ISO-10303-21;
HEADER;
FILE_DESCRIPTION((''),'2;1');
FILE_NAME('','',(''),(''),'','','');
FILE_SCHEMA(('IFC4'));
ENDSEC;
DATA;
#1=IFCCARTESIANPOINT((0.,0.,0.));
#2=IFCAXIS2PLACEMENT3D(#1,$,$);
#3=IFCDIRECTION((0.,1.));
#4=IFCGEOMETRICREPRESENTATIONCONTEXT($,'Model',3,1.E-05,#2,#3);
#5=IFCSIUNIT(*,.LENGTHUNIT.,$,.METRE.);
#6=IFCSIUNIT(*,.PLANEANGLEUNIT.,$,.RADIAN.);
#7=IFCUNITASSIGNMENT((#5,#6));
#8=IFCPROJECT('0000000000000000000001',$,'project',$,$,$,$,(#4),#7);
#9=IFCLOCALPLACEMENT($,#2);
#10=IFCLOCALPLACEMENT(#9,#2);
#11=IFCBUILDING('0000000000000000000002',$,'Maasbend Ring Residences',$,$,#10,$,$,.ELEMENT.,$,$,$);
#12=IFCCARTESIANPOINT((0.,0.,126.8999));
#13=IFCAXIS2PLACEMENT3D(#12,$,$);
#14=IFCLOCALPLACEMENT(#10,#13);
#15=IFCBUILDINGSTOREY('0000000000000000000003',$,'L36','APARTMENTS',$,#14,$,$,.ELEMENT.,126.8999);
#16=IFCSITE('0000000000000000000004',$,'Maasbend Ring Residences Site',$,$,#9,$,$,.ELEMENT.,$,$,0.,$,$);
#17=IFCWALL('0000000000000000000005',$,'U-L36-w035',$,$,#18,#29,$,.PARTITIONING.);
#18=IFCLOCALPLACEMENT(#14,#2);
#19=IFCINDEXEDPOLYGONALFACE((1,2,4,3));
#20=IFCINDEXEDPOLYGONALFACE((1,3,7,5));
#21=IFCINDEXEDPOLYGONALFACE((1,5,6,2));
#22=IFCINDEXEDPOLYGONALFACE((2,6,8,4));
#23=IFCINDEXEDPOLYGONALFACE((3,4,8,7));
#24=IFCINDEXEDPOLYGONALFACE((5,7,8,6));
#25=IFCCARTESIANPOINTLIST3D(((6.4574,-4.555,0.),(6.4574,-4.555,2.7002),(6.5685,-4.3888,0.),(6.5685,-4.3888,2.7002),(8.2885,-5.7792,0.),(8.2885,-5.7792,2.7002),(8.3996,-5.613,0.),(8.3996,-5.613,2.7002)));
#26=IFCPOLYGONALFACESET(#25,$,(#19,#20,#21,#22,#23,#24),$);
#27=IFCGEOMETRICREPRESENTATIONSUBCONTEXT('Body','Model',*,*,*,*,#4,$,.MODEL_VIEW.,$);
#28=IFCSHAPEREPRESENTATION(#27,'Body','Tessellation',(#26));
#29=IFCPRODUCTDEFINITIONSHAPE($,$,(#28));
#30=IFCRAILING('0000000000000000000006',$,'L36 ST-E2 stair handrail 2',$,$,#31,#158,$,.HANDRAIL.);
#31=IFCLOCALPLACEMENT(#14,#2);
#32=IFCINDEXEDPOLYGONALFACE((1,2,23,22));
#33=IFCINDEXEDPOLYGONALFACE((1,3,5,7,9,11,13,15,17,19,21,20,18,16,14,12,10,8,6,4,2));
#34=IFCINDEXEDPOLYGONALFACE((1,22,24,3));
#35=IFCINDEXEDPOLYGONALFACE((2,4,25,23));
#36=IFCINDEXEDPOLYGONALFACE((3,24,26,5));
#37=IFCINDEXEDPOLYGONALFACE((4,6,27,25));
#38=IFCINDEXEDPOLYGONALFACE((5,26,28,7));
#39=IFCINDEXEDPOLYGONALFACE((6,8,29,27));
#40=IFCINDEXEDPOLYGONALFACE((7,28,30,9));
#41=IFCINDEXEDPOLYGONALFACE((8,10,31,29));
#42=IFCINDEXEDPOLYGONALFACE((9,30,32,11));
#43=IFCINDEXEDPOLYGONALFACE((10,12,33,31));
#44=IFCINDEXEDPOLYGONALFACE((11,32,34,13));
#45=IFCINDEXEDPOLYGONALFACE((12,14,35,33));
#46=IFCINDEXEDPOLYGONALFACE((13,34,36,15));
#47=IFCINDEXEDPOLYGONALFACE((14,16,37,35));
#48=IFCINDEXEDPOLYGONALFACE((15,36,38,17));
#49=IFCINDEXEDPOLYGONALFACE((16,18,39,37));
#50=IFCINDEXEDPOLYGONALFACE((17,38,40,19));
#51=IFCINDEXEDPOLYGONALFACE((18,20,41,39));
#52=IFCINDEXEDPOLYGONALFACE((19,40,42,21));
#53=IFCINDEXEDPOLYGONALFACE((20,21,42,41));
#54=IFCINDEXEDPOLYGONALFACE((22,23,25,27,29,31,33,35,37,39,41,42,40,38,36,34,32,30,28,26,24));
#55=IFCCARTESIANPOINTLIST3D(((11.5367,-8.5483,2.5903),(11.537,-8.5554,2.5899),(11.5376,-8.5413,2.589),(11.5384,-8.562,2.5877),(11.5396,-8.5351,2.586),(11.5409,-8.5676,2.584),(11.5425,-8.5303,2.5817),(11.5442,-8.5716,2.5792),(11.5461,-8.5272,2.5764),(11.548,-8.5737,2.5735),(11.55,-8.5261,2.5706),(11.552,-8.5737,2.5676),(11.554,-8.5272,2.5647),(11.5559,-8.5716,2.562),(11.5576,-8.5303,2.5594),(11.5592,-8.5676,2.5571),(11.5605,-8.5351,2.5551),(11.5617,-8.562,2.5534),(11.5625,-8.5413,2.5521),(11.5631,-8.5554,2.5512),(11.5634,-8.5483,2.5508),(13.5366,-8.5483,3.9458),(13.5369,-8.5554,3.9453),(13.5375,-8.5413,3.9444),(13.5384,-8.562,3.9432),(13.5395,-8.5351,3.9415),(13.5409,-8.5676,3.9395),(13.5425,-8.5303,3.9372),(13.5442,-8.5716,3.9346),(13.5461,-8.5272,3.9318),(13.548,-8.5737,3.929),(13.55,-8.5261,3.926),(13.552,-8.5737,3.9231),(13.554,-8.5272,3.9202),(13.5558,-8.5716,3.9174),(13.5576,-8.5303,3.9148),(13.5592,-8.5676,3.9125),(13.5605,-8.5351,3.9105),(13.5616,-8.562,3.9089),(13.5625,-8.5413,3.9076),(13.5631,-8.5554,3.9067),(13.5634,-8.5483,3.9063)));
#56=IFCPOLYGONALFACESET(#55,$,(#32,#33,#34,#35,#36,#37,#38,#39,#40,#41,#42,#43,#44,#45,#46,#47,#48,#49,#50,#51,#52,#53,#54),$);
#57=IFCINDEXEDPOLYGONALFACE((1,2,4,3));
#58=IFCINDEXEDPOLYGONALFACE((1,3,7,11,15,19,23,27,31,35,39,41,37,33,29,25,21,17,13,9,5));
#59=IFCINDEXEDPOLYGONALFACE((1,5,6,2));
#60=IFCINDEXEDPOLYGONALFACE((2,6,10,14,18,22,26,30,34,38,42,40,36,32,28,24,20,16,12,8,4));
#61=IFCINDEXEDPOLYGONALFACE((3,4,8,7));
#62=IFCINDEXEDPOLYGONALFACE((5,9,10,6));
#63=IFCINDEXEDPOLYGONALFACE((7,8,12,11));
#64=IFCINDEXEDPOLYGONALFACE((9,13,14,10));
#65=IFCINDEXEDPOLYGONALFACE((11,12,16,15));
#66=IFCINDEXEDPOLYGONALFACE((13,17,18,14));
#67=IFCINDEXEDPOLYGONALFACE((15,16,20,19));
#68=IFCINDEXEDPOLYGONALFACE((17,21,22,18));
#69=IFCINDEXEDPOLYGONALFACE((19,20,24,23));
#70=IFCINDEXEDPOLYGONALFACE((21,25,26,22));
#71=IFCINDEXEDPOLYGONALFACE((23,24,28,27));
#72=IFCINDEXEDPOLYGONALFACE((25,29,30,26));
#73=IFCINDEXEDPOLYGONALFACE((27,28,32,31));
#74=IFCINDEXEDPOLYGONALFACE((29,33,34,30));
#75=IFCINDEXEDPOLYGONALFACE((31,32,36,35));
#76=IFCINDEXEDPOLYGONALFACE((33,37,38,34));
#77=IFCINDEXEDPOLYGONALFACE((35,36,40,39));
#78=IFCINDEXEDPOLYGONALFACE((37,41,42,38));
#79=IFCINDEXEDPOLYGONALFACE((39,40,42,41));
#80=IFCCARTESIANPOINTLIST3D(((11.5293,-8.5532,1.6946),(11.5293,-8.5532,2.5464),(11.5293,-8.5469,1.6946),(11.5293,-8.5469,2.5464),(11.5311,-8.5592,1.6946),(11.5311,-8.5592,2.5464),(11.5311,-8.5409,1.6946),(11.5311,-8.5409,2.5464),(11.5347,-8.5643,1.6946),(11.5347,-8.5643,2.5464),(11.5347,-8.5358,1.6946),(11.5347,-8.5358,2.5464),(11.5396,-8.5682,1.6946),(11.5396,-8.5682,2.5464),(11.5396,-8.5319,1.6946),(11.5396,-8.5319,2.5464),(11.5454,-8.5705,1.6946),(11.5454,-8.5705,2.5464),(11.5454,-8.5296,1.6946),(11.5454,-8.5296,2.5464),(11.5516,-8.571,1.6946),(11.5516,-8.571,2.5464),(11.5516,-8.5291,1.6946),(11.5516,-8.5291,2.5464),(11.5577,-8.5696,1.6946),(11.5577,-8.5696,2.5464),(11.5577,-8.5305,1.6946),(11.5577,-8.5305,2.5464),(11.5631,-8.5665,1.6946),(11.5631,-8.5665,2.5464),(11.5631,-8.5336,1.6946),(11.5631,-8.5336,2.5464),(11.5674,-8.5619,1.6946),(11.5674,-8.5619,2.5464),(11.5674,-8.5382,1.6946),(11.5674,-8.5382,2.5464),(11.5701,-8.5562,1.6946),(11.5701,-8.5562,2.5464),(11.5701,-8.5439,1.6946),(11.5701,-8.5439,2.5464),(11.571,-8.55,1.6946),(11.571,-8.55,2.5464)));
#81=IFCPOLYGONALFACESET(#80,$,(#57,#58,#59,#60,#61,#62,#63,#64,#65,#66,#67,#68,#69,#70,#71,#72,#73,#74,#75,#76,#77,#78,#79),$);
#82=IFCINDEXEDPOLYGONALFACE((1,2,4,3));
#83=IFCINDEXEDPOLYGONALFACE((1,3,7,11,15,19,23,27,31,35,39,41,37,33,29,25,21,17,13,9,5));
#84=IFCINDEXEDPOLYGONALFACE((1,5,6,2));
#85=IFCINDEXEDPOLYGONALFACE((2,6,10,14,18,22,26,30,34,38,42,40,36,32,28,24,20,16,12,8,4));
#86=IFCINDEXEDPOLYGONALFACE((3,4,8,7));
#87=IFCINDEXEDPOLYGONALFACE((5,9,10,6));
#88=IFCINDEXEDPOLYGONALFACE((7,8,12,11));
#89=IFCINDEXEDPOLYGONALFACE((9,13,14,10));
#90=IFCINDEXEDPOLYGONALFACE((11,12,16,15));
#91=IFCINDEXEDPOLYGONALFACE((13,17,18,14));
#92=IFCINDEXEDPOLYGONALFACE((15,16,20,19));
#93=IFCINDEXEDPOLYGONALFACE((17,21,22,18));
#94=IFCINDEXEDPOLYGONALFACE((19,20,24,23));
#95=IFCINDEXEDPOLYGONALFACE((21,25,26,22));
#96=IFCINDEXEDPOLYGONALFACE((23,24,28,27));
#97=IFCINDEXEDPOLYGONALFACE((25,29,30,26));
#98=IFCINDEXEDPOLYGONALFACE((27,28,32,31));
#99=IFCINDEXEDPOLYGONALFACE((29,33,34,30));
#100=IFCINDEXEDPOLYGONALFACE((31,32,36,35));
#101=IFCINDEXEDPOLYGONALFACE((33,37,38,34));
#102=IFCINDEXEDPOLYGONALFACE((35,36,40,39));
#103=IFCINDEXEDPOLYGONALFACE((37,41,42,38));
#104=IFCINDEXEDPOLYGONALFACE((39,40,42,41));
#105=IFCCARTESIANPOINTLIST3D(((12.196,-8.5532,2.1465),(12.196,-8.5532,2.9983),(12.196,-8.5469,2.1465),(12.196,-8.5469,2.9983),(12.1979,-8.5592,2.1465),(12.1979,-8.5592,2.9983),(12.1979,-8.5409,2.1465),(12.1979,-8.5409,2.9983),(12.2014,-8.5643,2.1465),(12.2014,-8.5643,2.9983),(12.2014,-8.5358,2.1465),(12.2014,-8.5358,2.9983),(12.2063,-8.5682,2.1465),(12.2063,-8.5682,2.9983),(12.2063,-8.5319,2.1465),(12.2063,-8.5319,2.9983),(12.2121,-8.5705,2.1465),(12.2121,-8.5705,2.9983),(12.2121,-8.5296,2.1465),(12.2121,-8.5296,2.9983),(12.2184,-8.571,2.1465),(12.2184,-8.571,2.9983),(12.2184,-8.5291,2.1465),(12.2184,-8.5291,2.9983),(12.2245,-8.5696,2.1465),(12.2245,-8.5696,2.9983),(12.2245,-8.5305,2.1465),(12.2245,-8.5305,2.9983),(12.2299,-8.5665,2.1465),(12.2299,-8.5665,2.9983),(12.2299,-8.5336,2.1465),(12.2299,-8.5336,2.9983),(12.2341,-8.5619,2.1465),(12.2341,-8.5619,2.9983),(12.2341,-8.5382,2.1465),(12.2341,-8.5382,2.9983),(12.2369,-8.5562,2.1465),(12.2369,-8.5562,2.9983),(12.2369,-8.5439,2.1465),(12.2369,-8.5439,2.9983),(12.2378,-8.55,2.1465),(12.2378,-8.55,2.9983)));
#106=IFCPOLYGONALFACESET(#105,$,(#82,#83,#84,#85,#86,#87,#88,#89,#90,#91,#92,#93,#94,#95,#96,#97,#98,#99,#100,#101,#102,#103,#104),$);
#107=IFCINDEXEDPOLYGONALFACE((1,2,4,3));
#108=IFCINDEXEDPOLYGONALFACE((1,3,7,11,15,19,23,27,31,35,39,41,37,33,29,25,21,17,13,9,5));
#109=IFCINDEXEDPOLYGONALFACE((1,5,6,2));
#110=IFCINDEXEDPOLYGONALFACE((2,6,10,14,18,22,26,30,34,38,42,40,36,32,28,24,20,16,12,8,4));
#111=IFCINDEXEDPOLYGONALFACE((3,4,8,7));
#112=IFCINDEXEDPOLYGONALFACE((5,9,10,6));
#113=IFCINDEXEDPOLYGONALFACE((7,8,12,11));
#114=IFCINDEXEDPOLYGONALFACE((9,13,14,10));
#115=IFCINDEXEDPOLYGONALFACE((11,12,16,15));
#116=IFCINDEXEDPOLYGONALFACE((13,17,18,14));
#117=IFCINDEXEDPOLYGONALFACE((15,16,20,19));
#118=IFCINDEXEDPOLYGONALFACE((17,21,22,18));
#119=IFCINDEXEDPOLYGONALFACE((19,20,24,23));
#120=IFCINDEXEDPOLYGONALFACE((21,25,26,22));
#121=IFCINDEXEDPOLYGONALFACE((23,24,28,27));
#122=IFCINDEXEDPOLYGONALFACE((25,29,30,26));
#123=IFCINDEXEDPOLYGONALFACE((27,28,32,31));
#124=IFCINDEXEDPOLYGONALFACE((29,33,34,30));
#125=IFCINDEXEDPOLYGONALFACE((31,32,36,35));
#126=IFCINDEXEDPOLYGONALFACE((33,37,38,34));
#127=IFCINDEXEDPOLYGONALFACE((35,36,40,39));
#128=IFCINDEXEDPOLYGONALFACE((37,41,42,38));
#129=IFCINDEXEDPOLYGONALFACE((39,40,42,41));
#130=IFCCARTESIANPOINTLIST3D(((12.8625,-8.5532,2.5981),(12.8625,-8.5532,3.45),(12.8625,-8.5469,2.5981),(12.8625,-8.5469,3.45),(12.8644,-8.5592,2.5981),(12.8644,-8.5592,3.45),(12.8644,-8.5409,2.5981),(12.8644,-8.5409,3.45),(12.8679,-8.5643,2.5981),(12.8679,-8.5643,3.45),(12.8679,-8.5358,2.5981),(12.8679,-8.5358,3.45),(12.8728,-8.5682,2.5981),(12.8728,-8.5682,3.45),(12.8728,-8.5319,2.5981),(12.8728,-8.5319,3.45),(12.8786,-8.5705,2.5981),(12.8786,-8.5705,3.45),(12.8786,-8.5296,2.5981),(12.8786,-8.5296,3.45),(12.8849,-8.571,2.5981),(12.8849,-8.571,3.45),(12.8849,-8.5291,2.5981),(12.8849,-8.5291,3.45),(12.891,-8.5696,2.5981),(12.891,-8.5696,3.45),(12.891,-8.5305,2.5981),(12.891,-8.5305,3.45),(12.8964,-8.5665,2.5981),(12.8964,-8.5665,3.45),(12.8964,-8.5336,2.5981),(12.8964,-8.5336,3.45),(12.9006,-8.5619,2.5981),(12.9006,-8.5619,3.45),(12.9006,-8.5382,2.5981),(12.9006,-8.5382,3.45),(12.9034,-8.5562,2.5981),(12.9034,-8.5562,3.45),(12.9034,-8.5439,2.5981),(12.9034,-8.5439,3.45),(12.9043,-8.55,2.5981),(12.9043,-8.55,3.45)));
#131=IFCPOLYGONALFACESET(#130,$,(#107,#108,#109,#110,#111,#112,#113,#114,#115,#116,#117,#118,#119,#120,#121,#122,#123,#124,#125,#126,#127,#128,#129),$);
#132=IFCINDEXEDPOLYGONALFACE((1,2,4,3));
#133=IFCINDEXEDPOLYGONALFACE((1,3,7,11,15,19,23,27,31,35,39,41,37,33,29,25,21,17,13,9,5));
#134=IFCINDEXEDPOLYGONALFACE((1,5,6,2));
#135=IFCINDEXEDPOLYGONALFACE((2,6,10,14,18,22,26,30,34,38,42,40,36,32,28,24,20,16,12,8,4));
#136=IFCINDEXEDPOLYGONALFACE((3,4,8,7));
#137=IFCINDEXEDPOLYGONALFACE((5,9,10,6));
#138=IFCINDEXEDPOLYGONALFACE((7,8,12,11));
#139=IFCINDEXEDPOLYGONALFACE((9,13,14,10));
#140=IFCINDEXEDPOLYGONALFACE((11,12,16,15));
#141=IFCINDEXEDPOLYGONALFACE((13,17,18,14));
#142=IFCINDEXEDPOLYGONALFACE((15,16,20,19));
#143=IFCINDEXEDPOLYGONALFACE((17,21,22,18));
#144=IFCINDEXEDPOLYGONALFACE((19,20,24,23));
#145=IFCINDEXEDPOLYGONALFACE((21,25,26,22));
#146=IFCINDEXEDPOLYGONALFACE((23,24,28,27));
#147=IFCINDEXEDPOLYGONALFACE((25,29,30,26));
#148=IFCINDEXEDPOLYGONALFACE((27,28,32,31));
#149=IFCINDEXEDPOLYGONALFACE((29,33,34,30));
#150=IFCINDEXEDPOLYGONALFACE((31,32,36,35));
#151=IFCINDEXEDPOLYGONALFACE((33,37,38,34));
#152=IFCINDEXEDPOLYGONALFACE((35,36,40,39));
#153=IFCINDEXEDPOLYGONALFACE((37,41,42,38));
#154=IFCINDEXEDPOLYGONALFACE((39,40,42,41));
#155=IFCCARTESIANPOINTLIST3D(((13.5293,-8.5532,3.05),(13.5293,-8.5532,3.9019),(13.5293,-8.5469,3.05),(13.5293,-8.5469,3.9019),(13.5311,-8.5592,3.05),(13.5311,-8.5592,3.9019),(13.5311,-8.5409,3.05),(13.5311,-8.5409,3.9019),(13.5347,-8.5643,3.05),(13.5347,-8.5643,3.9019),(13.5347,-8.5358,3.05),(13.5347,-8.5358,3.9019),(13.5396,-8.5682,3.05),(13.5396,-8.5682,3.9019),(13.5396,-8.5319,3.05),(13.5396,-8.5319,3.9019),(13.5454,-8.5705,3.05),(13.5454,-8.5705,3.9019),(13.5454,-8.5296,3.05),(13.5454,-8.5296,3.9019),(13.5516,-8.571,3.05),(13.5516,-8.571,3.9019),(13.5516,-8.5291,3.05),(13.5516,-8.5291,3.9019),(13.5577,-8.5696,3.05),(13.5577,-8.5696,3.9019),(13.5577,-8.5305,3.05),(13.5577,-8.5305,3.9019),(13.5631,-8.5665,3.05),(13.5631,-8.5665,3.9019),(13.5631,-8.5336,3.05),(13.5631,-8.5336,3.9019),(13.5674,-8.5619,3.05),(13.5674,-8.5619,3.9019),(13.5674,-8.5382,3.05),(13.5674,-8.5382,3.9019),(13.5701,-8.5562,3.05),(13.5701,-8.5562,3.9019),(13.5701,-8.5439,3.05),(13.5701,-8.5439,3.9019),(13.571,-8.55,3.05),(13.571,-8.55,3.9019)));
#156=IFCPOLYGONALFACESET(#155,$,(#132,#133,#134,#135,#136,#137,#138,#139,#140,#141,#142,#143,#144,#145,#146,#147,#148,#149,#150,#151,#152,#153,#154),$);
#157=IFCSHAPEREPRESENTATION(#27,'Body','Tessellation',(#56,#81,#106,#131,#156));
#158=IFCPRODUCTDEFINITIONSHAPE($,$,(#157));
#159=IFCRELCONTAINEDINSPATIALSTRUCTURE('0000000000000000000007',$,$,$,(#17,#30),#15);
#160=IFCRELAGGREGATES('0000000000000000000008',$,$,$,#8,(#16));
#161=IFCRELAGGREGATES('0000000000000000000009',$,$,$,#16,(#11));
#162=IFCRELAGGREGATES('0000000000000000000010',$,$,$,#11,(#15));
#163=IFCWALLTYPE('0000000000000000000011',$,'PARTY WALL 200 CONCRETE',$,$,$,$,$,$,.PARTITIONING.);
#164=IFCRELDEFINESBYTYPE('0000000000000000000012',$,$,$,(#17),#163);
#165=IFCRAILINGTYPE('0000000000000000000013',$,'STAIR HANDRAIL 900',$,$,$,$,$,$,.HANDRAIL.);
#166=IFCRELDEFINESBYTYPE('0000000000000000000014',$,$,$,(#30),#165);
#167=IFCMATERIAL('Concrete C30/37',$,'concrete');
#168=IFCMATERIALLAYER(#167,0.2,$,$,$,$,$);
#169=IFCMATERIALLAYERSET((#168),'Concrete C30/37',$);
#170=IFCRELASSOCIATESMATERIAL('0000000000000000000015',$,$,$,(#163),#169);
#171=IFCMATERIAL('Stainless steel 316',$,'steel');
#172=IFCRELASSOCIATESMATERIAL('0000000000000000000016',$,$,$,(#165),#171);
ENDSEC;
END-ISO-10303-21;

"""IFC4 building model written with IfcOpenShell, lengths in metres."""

from ifc_helpers import new_model, si_unit, direction, frame, frame_2d, origin, origin_2d, place, context, subcontext, project, spatial, rectangle, circle, extrude, material, layer, layer_set, type_object, element, save


model = new_model("IFC4")

# Units and contexts
model_context = context("Model", 3, precision=1e-05, world=origin(), true_north=direction((0.0, 1.0)))
body_context = subcontext(model_context, "Body", "Model", "MODEL_VIEW")
ifc_project = project(units=[si_unit("LENGTHUNIT", "METRE"), si_unit("PLANEANGLEUNIT", "RADIAN")], contexts=[model_context])

# Site, building, storey
site_placement = place(None, origin())
site = spatial("IfcSite", under=ifc_project, at=site_placement, Name="Maasbend Ring Residences Site", CompositionType="ELEMENT", RefElevation=0.0)
building_placement = place(site_placement, origin())
building = spatial("IfcBuilding", under=site, at=building_placement, Name="Maasbend Ring Residences", CompositionType="ELEMENT")
storey_placement = place(building_placement, frame((0.0, 0.0, 126.8999)))
storey = spatial("IfcBuildingStorey", under=building, at=storey_placement, Name="L36", Description="APARTMENTS", CompositionType="ELEMENT", Elevation=126.8999)

# Wall
ifc_material_1 = material(Name="Concrete C30/37", Category="concrete")
ifc_layer_1 = layer(ifc_material_1, 0.2)
ifc_layer_set_1 = layer_set([ifc_layer_1], Name="Concrete C30/37")
wall_type_1 = type_object("IfcWallType", Name="PARTY WALL 200 CONCRETE", PredefinedType="PARTITIONING", material=ifc_layer_set_1)
wall_1_placement = place(storey_placement, frame((6.5129, -4.4719, 0.0), z_axis=(0.0, 0.0, 1.0), x_axis=(0.831333, -0.555774, 0.0)))
element("IfcWall", 1, at=wall_1_placement, inside=storey, type_object=wall_type_1, Name="U-L36-w035", PredefinedType="PARTITIONING", context=body_context, shape_type="SweptSolid", body=[
    extrude(rectangle(XDim=2.2026, YDim=0.2, at=frame_2d((1.1013, 0.0))), origin(), (0.0, 0.0, 1.0), 2.7002),
])

# Railing
ifc_material_2 = material(Name="Stainless steel 316", Category="steel")
railing_type = type_object("IfcRailingType", Name="STAIR HANDRAIL 900", PredefinedType="HANDRAIL", material=ifc_material_2)
railing_placement = place(storey_placement, frame((11.55, -8.55, 1.6946)))
element("IfcRailing", 2, at=railing_placement, inside=storey, type_object=railing_type, Name="L36 ST-E2 stair handrail 2", PredefinedType="HANDRAIL", context=body_context, shape_type="SweptSolid", body=[
    extrude(circle(Radius=0.0239, at=origin_2d()), frame((0.0, 0.0, 0.876), z_axis=(0.827798, 0.0, 0.561027), x_axis=(0.0, 1.0, 0.0)), (0.0, 0.0, 1.0), 2.416),
    extrude(circle(Radius=0.021, at=origin_2d()), origin(), (0.0, 0.0, 1.0), 0.8518),
    extrude(circle(Radius=0.021, at=origin_2d()), frame((0.6667, 0.0, 0.4519)), (0.0, 0.0, 1.0), 0.8518),
    extrude(circle(Radius=0.021, at=origin_2d()), frame((1.3333, 0.0, 0.9036)), (0.0, 0.0, 1.0), 0.8518),
    extrude(circle(Radius=0.021, at=origin_2d()), frame((2.0, 0.0, 1.3555)), (0.0, 0.0, 1.0), 0.8518),
])

save(model, "model.ifc")
